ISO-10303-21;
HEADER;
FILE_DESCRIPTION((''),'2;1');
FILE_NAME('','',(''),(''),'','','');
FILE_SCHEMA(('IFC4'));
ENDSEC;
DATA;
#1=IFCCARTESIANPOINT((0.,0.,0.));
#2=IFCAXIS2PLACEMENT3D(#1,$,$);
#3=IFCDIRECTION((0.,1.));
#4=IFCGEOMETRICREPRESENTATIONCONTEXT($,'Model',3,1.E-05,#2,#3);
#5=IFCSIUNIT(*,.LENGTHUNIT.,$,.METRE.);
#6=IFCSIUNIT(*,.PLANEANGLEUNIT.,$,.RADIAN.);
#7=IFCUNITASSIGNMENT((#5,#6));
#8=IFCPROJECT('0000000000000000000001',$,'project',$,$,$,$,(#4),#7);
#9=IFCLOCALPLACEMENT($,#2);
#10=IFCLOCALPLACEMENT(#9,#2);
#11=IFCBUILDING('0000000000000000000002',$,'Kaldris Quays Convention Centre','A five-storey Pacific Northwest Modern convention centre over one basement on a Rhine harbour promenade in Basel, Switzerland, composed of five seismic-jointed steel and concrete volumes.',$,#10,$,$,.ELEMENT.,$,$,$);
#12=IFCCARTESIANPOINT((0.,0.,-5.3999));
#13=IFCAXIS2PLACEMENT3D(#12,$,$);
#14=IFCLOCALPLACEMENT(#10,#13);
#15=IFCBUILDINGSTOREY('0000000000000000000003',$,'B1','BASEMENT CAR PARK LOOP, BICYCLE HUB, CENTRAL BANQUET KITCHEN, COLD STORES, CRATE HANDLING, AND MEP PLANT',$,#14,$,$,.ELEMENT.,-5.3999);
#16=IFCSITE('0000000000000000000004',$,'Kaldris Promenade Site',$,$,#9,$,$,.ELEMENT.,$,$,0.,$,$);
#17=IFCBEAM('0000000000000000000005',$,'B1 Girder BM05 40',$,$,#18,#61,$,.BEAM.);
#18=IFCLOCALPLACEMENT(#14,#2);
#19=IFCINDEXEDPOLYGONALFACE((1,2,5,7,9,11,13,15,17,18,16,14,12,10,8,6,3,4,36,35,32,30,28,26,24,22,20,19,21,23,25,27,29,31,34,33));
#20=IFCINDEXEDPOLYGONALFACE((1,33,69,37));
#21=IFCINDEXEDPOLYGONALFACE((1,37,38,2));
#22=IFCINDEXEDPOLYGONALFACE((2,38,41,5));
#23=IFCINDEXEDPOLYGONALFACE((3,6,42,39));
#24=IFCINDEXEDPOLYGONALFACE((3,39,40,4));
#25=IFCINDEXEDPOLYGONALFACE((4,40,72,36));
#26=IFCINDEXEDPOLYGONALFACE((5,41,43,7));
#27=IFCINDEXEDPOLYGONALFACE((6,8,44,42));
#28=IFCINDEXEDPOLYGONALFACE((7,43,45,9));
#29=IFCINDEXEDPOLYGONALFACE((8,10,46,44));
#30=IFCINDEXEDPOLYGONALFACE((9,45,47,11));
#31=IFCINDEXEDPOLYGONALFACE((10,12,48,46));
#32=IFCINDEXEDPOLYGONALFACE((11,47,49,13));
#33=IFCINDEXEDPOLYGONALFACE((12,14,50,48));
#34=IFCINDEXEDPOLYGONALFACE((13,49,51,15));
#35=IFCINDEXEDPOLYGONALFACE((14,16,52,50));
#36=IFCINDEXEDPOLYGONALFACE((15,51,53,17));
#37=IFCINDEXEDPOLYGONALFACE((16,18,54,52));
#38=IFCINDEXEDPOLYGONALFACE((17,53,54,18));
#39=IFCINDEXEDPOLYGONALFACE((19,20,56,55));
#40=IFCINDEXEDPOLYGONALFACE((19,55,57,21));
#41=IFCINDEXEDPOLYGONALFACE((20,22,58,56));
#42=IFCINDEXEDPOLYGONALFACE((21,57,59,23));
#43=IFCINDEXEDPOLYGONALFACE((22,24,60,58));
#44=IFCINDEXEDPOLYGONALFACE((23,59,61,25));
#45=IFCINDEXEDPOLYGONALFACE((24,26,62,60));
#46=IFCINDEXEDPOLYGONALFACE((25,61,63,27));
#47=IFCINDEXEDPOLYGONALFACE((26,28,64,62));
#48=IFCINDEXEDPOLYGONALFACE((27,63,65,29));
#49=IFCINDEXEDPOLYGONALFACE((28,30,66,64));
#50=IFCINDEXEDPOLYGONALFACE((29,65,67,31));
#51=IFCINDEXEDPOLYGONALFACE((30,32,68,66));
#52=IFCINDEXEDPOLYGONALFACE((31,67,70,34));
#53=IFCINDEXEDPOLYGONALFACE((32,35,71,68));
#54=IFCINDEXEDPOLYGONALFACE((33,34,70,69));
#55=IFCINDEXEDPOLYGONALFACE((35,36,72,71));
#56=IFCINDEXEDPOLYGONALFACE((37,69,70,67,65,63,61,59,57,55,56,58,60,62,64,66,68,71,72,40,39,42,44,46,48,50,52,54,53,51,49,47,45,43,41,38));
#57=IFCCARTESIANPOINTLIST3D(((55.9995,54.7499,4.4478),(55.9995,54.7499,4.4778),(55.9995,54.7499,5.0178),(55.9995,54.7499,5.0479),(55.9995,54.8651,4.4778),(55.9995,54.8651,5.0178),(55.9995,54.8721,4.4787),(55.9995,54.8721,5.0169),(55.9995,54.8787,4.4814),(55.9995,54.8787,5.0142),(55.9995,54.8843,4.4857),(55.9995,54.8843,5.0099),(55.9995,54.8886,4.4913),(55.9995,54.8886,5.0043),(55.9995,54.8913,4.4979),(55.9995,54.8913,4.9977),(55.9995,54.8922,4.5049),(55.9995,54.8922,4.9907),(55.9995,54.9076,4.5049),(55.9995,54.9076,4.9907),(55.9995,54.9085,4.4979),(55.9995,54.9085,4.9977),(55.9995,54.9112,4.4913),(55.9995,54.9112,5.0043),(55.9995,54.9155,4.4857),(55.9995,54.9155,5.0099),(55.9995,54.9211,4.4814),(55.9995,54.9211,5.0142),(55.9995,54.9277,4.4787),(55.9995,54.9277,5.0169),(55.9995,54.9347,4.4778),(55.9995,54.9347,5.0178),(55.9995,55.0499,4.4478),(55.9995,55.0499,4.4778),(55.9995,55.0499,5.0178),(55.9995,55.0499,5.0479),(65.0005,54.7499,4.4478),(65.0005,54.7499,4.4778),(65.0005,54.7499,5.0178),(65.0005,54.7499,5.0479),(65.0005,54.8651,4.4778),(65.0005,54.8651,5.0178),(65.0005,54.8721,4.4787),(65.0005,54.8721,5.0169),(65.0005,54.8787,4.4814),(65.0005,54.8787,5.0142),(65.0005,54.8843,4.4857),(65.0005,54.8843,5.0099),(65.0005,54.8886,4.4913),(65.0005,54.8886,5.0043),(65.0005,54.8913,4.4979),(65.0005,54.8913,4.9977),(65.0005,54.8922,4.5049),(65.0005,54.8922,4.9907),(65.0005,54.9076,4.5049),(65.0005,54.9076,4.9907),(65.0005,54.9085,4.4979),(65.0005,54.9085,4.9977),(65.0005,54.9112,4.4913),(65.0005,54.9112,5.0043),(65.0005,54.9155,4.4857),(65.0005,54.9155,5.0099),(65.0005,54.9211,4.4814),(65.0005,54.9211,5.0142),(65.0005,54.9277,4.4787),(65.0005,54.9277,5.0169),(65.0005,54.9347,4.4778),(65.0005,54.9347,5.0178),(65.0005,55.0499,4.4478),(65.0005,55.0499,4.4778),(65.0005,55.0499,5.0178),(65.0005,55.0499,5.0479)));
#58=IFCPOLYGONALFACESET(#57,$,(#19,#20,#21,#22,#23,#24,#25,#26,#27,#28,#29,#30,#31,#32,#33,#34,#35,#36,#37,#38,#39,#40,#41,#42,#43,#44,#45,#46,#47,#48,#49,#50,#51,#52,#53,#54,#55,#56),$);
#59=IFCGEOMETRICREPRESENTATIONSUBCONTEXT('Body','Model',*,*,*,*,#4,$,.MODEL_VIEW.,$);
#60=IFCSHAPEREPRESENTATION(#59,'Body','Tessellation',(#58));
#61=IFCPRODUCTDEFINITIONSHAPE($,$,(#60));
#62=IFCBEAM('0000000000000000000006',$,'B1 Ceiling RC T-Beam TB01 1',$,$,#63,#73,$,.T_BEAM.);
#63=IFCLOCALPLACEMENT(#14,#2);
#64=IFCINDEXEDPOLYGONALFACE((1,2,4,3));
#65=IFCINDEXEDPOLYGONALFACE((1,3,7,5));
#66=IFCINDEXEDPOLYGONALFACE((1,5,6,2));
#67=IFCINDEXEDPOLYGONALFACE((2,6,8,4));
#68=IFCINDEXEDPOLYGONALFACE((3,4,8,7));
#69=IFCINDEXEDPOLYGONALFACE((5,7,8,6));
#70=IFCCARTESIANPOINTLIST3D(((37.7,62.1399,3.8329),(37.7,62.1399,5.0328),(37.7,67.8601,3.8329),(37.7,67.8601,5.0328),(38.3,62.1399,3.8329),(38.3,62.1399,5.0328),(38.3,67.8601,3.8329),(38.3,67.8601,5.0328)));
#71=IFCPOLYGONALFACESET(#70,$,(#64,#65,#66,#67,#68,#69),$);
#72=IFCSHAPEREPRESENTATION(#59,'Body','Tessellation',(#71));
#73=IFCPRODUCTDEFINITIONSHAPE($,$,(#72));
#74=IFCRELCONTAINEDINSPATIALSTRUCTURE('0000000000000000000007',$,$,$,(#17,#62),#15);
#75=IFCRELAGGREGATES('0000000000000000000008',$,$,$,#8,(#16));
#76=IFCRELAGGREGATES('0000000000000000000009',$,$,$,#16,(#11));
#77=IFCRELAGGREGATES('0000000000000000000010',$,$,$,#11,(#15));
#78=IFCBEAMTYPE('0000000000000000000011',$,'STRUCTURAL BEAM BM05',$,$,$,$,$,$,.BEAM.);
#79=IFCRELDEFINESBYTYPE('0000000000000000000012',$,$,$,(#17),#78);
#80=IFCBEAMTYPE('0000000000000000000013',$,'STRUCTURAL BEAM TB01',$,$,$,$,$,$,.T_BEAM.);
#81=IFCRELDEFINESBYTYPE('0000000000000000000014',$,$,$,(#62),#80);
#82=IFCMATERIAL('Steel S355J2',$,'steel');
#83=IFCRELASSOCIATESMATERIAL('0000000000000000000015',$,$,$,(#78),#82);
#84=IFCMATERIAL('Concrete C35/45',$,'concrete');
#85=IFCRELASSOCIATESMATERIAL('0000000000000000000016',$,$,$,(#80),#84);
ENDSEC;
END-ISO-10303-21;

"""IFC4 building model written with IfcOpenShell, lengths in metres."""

from ifc_helpers import new_model, si_unit, direction, frame, origin, origin_2d, place, context, subcontext, project, spatial, rectangle, i_section, extrude, material, material_profile, profile_set, type_object, element, save


model = new_model("IFC4")

# Units and contexts
model_context = context("Model", 3, precision=1e-05, world=origin(), true_north=direction((0.0, 1.0)))
body_context = subcontext(model_context, "Body", "Model", "MODEL_VIEW")
ifc_project = project(units=[si_unit("LENGTHUNIT", "METRE"), si_unit("PLANEANGLEUNIT", "RADIAN")], contexts=[model_context])

# Site, building, storey
site_placement = place(None, origin())
site = spatial("IfcSite", under=ifc_project, at=site_placement, Name="Kaldris Promenade Site", CompositionType="ELEMENT", RefElevation=0.0)
building_placement = place(site_placement, origin())
building = spatial("IfcBuilding", under=site, at=building_placement, Name="Kaldris Quays Convention Centre", Description="A five-storey Pacific Northwest Modern convention centre over one basement on a Rhine harbour promenade in Basel, Switzerland, composed of five seismic-jointed steel and concrete volumes.", CompositionType="ELEMENT")
storey_placement = place(building_placement, frame((0.0, 0.0, -5.3999)))
storey = spatial("IfcBuildingStorey", under=building, at=storey_placement, Name="B1", Description="BASEMENT CAR PARK LOOP, BICYCLE HUB, CENTRAL BANQUET KITCHEN, COLD STORES, CRATE HANDLING, AND MEP PLANT", CompositionType="ELEMENT", Elevation=-5.3999)

# Shared definitions
ifc_material_1 = material(Name="Concrete C35/45", Category="concrete")

# Shared definitions
ifc_material_2 = material(Name="Steel S355J2", Category="steel")

# Beams
ifc_material_profile_1 = material_profile(ifc_material_2, i_section(OverallWidth=0.3, OverallDepth=0.6001, WebThickness=0.0154, FlangeThickness=0.03, FilletRadius=0.0271, at=origin_2d()), Name="HEB 600")
ifc_profile_set_1 = profile_set([ifc_material_profile_1], Name="Steel S355J2")
beam_type_1 = type_object("IfcBeamType", Name="STRUCTURAL BEAM BM05", PredefinedType="BEAM", material=ifc_profile_set_1)
for number, where, z_axis, x_axis, name in (
    (1, (55.9995, 54.8999, 4.7478), (1.0, 0.0, 0.0), (0.0, 1.0, 0.0), "B1 Girder BM05 40"),
):
    element("IfcBeam", number, at=place(storey_placement, frame(where, z_axis=z_axis, x_axis=x_axis)), inside=storey, type_object=beam_type_1, Name=name, PredefinedType="BEAM", context=body_context, shape_type="SweptSolid", body=[
        extrude(i_section(OverallWidth=0.3, OverallDepth=0.6001, WebThickness=0.0154, FlangeThickness=0.03, FilletRadius=0.0271, at=origin_2d()), origin(), (0.0, 0.0, 1.0), 9.001),
    ])
ifc_material_profile_2 = material_profile(ifc_material_1, rectangle(XDim=0.6001, YDim=1.2, at=origin_2d()), Name="RC 600x1200")
ifc_profile_set_2 = profile_set([ifc_material_profile_2], Name="Concrete C35/45")
beam_type_2 = type_object("IfcBeamType", Name="STRUCTURAL BEAM TB01", PredefinedType="T_BEAM", material=ifc_profile_set_2)
beam_1_placement = place(storey_placement, frame((38.0, 62.1399, 4.4329), z_axis=(0.0, 1.0, 0.0), x_axis=(-1.0, 0.0, 0.0)))
element("IfcBeam", 2, at=beam_1_placement, inside=storey, type_object=beam_type_2, Name="B1 Ceiling RC T-Beam TB01 1", PredefinedType="T_BEAM", context=body_context, shape_type="SweptSolid", body=[
    extrude(rectangle(XDim=0.6001, YDim=1.2, at=origin_2d()), origin(), (0.0, 0.0, 1.0), 5.7202),
])

save(model, "model.ifc")
